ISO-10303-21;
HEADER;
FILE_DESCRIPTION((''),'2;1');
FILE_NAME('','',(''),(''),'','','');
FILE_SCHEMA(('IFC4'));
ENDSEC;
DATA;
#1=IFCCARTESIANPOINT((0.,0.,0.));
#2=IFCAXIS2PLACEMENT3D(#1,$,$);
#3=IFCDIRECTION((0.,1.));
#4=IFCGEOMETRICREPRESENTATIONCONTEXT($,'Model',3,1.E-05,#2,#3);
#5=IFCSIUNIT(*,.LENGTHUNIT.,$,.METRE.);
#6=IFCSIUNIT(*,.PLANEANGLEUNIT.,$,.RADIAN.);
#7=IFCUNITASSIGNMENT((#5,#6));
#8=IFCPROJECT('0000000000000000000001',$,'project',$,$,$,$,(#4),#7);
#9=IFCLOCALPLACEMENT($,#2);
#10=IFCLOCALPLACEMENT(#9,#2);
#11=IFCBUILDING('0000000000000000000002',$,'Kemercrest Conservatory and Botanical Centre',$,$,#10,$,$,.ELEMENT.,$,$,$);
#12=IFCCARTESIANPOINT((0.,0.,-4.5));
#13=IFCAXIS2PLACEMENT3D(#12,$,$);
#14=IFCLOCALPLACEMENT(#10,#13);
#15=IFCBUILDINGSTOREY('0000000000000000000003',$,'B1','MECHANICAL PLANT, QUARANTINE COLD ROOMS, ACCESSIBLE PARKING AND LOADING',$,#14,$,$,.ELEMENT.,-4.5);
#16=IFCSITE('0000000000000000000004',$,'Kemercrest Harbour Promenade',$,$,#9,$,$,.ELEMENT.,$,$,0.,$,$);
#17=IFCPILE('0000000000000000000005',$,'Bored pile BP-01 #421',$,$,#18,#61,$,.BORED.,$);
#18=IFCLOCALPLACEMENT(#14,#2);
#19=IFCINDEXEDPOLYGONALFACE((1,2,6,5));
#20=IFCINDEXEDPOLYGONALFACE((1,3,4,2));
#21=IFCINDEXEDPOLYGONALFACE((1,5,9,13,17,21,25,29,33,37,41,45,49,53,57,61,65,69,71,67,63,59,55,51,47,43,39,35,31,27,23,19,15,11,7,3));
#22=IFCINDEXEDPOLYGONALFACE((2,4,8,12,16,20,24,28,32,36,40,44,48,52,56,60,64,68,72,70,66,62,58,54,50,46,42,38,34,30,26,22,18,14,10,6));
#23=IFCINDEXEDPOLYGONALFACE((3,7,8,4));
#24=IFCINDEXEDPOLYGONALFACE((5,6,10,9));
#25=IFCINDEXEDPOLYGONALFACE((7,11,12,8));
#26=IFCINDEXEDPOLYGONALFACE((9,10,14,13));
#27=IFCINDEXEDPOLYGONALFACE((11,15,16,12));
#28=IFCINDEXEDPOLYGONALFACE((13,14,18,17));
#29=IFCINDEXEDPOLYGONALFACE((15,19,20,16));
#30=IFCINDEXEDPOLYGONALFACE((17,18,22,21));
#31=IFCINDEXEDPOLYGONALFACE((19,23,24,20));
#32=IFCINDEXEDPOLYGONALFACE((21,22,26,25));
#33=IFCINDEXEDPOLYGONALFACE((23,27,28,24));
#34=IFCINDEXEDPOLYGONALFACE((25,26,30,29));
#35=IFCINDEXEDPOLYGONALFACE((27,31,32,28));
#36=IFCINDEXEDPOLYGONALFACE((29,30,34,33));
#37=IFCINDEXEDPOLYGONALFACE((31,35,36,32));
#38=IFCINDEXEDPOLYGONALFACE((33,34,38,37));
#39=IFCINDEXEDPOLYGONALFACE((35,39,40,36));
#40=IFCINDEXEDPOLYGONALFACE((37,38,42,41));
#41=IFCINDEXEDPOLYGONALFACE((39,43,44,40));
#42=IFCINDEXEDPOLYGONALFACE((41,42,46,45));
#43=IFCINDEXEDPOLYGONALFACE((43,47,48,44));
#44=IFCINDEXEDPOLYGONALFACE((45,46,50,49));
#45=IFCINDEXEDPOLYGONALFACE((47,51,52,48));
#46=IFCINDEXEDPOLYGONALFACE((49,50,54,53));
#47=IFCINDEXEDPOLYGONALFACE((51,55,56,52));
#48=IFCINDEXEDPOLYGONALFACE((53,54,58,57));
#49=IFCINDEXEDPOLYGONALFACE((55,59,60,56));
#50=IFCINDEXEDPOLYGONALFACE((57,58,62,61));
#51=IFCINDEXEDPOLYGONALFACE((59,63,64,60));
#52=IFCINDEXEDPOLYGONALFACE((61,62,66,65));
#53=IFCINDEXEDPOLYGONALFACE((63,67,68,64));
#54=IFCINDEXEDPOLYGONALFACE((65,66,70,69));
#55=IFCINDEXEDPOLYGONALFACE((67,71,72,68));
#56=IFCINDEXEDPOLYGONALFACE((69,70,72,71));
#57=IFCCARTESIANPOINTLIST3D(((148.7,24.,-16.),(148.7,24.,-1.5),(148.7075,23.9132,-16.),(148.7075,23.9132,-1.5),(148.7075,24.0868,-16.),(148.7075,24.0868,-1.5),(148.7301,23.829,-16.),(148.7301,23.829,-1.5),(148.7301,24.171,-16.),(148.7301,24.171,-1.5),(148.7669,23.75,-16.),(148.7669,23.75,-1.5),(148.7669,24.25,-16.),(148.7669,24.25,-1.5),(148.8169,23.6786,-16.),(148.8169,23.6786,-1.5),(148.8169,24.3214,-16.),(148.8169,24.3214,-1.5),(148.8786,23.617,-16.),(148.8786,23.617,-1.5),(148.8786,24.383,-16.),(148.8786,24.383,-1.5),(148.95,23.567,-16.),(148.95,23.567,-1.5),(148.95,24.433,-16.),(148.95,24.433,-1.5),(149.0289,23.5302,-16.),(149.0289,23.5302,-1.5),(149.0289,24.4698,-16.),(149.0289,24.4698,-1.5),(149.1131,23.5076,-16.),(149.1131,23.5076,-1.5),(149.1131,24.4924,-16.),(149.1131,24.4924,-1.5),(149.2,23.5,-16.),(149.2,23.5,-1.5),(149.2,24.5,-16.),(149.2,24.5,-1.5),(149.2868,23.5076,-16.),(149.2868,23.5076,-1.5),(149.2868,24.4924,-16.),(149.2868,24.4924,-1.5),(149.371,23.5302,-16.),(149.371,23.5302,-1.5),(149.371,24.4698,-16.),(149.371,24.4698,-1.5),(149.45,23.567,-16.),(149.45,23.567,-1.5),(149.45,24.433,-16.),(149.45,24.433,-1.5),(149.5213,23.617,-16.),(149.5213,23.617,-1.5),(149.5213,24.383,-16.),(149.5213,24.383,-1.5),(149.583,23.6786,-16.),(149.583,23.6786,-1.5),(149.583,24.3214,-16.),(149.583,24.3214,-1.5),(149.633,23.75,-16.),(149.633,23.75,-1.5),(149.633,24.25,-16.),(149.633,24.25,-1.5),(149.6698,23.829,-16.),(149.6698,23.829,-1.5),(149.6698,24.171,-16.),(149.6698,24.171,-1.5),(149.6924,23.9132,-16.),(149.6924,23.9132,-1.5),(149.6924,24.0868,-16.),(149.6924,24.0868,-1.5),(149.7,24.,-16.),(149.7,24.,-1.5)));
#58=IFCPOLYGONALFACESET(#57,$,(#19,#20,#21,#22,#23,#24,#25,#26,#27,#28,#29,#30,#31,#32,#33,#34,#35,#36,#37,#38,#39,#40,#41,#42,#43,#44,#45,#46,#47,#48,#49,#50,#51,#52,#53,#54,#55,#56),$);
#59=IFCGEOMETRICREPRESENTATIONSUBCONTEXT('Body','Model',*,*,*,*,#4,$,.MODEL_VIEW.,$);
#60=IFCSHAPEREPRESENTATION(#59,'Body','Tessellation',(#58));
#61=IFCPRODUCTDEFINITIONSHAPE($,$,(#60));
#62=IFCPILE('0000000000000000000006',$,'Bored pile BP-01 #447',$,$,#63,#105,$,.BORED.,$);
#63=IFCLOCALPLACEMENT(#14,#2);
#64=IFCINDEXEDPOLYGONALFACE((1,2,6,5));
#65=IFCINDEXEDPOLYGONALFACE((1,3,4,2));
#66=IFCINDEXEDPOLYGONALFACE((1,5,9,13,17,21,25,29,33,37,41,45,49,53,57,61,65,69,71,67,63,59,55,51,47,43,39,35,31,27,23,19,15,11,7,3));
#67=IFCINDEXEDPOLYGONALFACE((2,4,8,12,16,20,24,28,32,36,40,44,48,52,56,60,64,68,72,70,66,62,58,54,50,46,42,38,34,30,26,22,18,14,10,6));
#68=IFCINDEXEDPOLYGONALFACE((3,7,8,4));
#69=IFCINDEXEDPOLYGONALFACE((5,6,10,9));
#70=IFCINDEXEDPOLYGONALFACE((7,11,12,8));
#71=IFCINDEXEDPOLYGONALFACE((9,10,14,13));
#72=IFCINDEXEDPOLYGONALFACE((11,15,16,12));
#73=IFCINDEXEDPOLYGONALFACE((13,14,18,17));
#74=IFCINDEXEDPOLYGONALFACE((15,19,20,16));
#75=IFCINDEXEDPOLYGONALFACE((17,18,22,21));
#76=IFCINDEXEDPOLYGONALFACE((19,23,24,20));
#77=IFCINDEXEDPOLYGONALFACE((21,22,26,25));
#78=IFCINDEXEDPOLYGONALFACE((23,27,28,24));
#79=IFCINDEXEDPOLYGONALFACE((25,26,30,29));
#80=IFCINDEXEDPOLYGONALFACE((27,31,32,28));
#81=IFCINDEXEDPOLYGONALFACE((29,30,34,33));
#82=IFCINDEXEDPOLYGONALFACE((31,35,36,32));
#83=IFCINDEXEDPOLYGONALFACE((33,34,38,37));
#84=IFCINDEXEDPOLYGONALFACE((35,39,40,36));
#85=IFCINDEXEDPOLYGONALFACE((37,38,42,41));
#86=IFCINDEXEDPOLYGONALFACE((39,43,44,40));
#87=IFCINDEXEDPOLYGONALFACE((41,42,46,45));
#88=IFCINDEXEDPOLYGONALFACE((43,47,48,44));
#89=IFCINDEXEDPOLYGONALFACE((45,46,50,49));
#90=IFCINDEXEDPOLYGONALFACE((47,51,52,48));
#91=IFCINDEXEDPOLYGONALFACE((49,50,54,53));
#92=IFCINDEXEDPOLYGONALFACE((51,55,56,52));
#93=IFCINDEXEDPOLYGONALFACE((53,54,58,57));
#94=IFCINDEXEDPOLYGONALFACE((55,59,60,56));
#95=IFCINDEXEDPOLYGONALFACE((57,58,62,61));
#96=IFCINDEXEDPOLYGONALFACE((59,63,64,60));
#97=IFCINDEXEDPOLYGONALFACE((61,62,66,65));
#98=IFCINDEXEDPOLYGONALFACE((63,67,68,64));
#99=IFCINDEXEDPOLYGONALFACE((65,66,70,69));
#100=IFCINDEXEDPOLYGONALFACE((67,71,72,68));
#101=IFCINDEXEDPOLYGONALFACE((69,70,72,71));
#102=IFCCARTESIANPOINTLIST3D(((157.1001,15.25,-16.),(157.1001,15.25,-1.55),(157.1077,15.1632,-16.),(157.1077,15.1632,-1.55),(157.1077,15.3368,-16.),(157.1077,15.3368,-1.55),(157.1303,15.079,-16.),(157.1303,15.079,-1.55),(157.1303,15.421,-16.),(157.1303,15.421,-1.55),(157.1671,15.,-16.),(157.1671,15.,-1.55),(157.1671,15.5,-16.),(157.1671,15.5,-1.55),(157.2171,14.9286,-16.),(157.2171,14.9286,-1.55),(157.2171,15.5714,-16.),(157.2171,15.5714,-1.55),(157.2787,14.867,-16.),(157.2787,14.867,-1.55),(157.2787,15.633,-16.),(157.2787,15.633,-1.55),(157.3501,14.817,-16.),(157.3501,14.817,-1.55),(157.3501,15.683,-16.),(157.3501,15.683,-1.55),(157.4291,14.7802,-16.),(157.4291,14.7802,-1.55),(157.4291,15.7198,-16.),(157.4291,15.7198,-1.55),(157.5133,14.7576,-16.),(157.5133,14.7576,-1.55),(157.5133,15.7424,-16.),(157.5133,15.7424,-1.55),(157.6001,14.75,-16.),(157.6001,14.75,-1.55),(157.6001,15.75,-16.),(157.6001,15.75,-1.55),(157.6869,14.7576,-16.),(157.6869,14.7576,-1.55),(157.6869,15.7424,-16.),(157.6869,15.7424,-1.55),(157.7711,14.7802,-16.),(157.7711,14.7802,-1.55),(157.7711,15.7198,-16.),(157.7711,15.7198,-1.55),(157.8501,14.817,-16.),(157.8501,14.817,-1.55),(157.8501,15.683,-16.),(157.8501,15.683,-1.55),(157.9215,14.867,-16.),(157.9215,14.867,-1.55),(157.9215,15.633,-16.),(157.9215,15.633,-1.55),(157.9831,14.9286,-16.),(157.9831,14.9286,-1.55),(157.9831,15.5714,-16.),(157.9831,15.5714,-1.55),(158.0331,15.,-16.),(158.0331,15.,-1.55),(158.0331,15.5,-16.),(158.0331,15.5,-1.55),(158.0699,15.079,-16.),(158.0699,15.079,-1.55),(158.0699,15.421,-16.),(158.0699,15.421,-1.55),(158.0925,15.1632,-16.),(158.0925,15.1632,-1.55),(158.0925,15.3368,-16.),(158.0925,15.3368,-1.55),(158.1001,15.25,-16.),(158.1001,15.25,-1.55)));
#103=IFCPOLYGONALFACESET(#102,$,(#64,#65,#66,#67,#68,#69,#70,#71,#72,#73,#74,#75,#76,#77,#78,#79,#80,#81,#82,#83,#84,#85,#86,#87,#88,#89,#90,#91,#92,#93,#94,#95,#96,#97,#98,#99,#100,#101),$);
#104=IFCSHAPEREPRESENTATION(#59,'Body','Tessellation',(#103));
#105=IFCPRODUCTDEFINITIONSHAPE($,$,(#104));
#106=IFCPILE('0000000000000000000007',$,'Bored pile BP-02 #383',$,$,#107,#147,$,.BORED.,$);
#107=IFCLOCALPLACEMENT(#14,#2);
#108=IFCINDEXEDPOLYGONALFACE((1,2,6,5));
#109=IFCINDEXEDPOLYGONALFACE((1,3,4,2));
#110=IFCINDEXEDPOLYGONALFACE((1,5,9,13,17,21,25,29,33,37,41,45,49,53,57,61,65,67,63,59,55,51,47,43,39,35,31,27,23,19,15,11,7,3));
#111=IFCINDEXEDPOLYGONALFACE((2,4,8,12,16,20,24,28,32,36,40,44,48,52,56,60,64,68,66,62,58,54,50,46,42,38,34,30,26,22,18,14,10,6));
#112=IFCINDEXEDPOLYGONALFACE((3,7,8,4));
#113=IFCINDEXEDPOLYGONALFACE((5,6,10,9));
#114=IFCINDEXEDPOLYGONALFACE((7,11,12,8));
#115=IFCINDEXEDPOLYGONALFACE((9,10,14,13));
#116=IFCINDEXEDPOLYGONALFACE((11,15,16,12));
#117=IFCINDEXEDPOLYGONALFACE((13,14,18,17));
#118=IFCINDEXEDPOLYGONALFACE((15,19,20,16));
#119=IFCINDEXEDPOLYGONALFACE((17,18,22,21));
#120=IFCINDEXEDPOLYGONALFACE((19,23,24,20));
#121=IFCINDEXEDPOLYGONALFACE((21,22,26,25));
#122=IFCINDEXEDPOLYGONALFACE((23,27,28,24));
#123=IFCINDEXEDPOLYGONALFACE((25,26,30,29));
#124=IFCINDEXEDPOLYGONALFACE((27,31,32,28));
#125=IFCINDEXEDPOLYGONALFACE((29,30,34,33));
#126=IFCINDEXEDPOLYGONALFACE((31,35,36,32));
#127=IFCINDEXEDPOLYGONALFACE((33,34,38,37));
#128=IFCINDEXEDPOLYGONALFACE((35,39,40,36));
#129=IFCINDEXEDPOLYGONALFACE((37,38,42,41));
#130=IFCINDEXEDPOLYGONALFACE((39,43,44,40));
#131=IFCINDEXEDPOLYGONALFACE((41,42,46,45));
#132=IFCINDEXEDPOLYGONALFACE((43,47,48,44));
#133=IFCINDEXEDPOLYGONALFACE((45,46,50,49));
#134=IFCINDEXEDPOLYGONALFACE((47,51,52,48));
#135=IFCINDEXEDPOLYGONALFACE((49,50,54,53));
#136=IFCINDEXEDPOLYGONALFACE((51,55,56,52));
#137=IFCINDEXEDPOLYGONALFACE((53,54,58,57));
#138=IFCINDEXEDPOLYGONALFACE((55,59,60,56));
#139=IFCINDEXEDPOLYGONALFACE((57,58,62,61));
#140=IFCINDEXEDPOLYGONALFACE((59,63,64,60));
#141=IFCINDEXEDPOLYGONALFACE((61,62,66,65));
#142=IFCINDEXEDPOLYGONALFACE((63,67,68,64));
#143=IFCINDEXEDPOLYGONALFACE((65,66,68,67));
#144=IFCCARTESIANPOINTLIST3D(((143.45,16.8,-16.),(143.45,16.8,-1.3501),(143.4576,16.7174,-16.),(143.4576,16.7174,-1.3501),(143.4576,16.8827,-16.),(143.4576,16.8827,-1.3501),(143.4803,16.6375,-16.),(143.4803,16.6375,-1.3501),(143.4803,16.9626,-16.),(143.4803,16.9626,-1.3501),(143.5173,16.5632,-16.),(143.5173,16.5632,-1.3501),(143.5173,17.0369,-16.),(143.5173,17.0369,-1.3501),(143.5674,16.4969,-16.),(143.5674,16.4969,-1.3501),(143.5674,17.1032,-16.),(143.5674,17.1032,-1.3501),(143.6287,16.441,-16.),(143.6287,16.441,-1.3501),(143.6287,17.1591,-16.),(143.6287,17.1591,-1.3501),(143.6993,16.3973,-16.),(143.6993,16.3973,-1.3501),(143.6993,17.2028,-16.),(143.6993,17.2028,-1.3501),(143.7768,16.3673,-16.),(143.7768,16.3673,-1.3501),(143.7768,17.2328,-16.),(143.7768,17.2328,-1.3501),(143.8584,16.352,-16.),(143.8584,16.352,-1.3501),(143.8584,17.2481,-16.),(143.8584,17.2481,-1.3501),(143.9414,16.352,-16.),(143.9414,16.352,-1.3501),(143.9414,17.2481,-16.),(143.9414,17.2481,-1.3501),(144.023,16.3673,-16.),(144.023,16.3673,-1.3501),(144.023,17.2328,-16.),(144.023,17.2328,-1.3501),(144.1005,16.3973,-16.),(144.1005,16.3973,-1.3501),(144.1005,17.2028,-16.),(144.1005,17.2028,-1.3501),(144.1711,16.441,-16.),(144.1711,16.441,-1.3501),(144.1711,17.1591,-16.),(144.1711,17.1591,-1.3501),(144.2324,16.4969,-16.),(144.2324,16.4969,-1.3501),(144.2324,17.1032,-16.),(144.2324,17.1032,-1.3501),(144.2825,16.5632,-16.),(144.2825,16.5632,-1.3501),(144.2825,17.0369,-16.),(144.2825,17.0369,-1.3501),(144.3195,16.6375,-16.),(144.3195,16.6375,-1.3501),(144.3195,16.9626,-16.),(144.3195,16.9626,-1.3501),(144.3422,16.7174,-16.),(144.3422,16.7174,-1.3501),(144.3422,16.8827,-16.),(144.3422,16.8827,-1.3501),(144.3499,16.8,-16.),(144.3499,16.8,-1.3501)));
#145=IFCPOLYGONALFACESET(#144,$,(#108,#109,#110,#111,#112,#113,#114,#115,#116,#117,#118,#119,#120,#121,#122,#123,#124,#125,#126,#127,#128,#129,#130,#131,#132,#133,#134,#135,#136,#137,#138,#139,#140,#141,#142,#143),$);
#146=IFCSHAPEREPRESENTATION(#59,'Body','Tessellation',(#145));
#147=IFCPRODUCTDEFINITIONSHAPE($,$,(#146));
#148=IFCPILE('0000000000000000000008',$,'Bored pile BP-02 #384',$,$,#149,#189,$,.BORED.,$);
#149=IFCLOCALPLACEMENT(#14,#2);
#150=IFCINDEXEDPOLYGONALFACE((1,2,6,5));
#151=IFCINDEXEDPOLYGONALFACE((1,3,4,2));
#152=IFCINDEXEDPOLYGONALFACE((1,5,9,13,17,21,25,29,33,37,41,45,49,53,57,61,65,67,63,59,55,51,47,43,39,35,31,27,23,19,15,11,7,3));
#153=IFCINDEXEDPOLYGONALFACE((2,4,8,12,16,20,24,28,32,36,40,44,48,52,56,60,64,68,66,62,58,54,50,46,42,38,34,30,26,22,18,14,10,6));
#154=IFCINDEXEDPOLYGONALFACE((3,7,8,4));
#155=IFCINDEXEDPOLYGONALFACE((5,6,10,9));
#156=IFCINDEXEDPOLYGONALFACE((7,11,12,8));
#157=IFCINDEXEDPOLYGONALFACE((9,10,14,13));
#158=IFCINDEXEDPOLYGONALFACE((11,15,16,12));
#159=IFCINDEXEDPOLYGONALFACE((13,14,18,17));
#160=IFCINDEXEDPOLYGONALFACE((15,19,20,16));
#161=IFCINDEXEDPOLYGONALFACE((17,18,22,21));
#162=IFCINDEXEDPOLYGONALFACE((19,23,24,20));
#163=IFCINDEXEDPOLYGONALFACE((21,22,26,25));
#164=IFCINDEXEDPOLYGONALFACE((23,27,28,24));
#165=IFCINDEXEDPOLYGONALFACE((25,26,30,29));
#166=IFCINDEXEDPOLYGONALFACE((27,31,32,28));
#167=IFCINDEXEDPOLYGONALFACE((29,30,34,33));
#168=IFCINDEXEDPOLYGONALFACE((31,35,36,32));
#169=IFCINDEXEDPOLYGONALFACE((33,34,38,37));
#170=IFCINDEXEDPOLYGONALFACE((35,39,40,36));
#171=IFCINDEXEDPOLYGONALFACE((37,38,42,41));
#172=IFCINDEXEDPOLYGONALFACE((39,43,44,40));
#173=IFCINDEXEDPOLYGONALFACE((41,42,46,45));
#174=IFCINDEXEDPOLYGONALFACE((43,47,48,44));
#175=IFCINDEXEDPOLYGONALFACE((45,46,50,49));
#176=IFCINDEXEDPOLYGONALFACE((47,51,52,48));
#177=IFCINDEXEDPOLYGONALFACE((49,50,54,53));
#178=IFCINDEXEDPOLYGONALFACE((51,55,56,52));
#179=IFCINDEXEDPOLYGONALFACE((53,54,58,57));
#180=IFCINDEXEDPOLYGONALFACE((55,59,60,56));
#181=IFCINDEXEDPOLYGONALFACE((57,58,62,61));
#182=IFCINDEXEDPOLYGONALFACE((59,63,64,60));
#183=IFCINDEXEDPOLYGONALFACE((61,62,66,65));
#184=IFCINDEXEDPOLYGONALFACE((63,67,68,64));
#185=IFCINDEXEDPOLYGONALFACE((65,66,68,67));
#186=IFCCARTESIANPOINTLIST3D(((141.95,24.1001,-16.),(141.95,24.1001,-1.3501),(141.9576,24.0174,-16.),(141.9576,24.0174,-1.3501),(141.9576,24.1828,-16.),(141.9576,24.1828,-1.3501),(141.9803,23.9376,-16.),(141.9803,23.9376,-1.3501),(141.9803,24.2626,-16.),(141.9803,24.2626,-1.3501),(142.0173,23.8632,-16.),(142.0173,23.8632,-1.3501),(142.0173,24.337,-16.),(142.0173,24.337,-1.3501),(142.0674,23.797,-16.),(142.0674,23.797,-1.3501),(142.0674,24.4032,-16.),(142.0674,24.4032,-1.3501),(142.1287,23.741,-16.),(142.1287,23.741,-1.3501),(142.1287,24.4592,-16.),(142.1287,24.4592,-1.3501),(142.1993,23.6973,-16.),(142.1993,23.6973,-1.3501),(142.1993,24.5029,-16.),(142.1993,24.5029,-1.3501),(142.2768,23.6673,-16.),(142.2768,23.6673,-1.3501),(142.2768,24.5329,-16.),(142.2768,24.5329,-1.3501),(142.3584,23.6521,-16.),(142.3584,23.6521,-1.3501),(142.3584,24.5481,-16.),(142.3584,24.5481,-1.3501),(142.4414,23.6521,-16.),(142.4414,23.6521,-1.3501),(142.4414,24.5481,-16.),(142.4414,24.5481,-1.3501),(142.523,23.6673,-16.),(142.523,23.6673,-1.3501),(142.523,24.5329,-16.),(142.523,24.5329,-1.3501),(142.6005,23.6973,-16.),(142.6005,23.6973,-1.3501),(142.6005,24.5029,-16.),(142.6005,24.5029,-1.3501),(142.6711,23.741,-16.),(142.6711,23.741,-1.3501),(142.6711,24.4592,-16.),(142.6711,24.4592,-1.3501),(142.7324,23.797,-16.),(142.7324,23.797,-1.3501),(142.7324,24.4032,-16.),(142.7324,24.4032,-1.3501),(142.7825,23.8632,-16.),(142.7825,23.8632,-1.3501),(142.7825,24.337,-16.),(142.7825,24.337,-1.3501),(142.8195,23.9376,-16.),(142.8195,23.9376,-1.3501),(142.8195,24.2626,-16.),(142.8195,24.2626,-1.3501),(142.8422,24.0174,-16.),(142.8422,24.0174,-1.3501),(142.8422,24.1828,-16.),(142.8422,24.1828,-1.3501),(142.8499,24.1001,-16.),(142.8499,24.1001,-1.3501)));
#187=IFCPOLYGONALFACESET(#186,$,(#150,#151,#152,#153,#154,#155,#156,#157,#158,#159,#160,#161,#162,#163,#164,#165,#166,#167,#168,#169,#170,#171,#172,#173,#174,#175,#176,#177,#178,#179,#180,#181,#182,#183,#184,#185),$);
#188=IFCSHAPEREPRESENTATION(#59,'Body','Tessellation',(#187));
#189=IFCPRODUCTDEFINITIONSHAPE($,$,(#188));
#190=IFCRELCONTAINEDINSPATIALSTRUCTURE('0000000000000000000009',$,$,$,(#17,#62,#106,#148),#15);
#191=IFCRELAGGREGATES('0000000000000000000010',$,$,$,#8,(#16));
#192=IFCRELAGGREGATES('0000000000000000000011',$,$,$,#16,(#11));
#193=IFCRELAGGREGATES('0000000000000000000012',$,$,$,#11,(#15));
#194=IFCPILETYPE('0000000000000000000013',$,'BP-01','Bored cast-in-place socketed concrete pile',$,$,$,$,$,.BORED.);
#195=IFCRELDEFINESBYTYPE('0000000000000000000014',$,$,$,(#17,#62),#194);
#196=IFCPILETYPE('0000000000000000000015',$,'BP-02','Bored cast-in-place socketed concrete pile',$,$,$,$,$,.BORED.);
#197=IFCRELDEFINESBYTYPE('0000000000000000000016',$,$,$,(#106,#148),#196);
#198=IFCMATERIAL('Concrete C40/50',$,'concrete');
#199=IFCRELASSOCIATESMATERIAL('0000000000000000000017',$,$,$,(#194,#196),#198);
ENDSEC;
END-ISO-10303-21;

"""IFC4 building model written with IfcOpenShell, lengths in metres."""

from ifc_helpers import new_model, si_unit, direction, frame, origin, origin_2d, place, context, subcontext, project, spatial, circle, extrude, material, material_profile, profile_set, type_object, element, save


model = new_model("IFC4")

# Units and contexts
model_context = context("Model", 3, precision=1e-05, world=origin(), true_north=direction((0.0, 1.0)))
body_context = subcontext(model_context, "Body", "Model", "MODEL_VIEW")
ifc_project = project(units=[si_unit("LENGTHUNIT", "METRE"), si_unit("PLANEANGLEUNIT", "RADIAN")], contexts=[model_context])

# Site, building, storey
site_placement = place(None, origin())
site = spatial("IfcSite", under=ifc_project, at=site_placement, Name="Kemercrest Harbour Promenade", CompositionType="ELEMENT", RefElevation=0.0)
building_placement = place(site_placement, origin())
building = spatial("IfcBuilding", under=site, at=building_placement, Name="Kemercrest Conservatory and Botanical Centre", CompositionType="ELEMENT")
storey_placement = place(building_placement, frame((0.0, 0.0, -4.5)))
storey = spatial("IfcBuildingStorey", under=building, at=storey_placement, Name="B1", Description="MECHANICAL PLANT, QUARANTINE COLD ROOMS, ACCESSIBLE PARKING AND LOADING", CompositionType="ELEMENT", Elevation=-4.5)

# Piles
ifc_material_1 = material(Name="Concrete C40/50", Category="concrete")
ifc_material_profile_1 = material_profile(ifc_material_1, circle(Radius=0.5, at=origin_2d()), Name="BORED PILE 1000")
ifc_profile_set_1 = profile_set([ifc_material_profile_1], Name="Concrete C40/50")
pile_type_1 = type_object("IfcPileType", Name="BP-01", Description="Bored cast-in-place socketed concrete pile", PredefinedType="BORED", material=ifc_profile_set_1)
pile_1_placement = place(storey_placement, frame((149.2, 24.0, -1.5), z_axis=(0.0, 0.0, -1.0), x_axis=(1.0, 0.0, 0.0)))
element("IfcPile", 1, at=pile_1_placement, inside=storey, type_object=pile_type_1, Name="Bored pile BP-01 #421", PredefinedType="BORED", context=body_context, shape_type="SweptSolid", body=[
    extrude(circle(Radius=0.5, at=origin_2d()), origin(), (0.0, 0.0, 1.0), 14.5),
])
pile_2_placement = place(storey_placement, frame((157.6001, 15.25, -1.55), z_axis=(0.0, 0.0, -1.0), x_axis=(1.0, 0.0, 0.0)))
element("IfcPile", 2, at=pile_2_placement, inside=storey, type_object=pile_type_1, Name="Bored pile BP-01 #447", PredefinedType="BORED", context=body_context, shape_type="SweptSolid", body=[
    extrude(circle(Radius=0.5, at=origin_2d()), origin(), (0.0, 0.0, 1.0), 14.45),
])
ifc_material_profile_2 = material_profile(ifc_material_1, circle(Radius=0.45, at=origin_2d()), Name="BORED PILE 900")
ifc_profile_set_2 = profile_set([ifc_material_profile_2], Name="Concrete C40/50")
pile_type_2 = type_object("IfcPileType", Name="BP-02", Description="Bored cast-in-place socketed concrete pile", PredefinedType="BORED", material=ifc_profile_set_2)
for number, where, z_axis, x_axis, name in (
    (3, (143.8999, 16.8, -1.3501), (0.0, 0.0, -1.0), (1.0, 0.0, 0.0), "Bored pile BP-02 #383"),
    (4, (142.3999, 24.1001, -1.3501), (0.0, 0.0, -1.0), (1.0, 0.0, 0.0), "Bored pile BP-02 #384"),
):
    element("IfcPile", number, at=place(storey_placement, frame(where, z_axis=z_axis, x_axis=x_axis)), inside=storey, type_object=pile_type_2, Name=name, PredefinedType="BORED", context=body_context, shape_type="SweptSolid", body=[
        extrude(circle(Radius=0.45, at=origin_2d()), origin(), (0.0, 0.0, 1.0), 14.6499),
    ])

save(model, "model.ifc")
